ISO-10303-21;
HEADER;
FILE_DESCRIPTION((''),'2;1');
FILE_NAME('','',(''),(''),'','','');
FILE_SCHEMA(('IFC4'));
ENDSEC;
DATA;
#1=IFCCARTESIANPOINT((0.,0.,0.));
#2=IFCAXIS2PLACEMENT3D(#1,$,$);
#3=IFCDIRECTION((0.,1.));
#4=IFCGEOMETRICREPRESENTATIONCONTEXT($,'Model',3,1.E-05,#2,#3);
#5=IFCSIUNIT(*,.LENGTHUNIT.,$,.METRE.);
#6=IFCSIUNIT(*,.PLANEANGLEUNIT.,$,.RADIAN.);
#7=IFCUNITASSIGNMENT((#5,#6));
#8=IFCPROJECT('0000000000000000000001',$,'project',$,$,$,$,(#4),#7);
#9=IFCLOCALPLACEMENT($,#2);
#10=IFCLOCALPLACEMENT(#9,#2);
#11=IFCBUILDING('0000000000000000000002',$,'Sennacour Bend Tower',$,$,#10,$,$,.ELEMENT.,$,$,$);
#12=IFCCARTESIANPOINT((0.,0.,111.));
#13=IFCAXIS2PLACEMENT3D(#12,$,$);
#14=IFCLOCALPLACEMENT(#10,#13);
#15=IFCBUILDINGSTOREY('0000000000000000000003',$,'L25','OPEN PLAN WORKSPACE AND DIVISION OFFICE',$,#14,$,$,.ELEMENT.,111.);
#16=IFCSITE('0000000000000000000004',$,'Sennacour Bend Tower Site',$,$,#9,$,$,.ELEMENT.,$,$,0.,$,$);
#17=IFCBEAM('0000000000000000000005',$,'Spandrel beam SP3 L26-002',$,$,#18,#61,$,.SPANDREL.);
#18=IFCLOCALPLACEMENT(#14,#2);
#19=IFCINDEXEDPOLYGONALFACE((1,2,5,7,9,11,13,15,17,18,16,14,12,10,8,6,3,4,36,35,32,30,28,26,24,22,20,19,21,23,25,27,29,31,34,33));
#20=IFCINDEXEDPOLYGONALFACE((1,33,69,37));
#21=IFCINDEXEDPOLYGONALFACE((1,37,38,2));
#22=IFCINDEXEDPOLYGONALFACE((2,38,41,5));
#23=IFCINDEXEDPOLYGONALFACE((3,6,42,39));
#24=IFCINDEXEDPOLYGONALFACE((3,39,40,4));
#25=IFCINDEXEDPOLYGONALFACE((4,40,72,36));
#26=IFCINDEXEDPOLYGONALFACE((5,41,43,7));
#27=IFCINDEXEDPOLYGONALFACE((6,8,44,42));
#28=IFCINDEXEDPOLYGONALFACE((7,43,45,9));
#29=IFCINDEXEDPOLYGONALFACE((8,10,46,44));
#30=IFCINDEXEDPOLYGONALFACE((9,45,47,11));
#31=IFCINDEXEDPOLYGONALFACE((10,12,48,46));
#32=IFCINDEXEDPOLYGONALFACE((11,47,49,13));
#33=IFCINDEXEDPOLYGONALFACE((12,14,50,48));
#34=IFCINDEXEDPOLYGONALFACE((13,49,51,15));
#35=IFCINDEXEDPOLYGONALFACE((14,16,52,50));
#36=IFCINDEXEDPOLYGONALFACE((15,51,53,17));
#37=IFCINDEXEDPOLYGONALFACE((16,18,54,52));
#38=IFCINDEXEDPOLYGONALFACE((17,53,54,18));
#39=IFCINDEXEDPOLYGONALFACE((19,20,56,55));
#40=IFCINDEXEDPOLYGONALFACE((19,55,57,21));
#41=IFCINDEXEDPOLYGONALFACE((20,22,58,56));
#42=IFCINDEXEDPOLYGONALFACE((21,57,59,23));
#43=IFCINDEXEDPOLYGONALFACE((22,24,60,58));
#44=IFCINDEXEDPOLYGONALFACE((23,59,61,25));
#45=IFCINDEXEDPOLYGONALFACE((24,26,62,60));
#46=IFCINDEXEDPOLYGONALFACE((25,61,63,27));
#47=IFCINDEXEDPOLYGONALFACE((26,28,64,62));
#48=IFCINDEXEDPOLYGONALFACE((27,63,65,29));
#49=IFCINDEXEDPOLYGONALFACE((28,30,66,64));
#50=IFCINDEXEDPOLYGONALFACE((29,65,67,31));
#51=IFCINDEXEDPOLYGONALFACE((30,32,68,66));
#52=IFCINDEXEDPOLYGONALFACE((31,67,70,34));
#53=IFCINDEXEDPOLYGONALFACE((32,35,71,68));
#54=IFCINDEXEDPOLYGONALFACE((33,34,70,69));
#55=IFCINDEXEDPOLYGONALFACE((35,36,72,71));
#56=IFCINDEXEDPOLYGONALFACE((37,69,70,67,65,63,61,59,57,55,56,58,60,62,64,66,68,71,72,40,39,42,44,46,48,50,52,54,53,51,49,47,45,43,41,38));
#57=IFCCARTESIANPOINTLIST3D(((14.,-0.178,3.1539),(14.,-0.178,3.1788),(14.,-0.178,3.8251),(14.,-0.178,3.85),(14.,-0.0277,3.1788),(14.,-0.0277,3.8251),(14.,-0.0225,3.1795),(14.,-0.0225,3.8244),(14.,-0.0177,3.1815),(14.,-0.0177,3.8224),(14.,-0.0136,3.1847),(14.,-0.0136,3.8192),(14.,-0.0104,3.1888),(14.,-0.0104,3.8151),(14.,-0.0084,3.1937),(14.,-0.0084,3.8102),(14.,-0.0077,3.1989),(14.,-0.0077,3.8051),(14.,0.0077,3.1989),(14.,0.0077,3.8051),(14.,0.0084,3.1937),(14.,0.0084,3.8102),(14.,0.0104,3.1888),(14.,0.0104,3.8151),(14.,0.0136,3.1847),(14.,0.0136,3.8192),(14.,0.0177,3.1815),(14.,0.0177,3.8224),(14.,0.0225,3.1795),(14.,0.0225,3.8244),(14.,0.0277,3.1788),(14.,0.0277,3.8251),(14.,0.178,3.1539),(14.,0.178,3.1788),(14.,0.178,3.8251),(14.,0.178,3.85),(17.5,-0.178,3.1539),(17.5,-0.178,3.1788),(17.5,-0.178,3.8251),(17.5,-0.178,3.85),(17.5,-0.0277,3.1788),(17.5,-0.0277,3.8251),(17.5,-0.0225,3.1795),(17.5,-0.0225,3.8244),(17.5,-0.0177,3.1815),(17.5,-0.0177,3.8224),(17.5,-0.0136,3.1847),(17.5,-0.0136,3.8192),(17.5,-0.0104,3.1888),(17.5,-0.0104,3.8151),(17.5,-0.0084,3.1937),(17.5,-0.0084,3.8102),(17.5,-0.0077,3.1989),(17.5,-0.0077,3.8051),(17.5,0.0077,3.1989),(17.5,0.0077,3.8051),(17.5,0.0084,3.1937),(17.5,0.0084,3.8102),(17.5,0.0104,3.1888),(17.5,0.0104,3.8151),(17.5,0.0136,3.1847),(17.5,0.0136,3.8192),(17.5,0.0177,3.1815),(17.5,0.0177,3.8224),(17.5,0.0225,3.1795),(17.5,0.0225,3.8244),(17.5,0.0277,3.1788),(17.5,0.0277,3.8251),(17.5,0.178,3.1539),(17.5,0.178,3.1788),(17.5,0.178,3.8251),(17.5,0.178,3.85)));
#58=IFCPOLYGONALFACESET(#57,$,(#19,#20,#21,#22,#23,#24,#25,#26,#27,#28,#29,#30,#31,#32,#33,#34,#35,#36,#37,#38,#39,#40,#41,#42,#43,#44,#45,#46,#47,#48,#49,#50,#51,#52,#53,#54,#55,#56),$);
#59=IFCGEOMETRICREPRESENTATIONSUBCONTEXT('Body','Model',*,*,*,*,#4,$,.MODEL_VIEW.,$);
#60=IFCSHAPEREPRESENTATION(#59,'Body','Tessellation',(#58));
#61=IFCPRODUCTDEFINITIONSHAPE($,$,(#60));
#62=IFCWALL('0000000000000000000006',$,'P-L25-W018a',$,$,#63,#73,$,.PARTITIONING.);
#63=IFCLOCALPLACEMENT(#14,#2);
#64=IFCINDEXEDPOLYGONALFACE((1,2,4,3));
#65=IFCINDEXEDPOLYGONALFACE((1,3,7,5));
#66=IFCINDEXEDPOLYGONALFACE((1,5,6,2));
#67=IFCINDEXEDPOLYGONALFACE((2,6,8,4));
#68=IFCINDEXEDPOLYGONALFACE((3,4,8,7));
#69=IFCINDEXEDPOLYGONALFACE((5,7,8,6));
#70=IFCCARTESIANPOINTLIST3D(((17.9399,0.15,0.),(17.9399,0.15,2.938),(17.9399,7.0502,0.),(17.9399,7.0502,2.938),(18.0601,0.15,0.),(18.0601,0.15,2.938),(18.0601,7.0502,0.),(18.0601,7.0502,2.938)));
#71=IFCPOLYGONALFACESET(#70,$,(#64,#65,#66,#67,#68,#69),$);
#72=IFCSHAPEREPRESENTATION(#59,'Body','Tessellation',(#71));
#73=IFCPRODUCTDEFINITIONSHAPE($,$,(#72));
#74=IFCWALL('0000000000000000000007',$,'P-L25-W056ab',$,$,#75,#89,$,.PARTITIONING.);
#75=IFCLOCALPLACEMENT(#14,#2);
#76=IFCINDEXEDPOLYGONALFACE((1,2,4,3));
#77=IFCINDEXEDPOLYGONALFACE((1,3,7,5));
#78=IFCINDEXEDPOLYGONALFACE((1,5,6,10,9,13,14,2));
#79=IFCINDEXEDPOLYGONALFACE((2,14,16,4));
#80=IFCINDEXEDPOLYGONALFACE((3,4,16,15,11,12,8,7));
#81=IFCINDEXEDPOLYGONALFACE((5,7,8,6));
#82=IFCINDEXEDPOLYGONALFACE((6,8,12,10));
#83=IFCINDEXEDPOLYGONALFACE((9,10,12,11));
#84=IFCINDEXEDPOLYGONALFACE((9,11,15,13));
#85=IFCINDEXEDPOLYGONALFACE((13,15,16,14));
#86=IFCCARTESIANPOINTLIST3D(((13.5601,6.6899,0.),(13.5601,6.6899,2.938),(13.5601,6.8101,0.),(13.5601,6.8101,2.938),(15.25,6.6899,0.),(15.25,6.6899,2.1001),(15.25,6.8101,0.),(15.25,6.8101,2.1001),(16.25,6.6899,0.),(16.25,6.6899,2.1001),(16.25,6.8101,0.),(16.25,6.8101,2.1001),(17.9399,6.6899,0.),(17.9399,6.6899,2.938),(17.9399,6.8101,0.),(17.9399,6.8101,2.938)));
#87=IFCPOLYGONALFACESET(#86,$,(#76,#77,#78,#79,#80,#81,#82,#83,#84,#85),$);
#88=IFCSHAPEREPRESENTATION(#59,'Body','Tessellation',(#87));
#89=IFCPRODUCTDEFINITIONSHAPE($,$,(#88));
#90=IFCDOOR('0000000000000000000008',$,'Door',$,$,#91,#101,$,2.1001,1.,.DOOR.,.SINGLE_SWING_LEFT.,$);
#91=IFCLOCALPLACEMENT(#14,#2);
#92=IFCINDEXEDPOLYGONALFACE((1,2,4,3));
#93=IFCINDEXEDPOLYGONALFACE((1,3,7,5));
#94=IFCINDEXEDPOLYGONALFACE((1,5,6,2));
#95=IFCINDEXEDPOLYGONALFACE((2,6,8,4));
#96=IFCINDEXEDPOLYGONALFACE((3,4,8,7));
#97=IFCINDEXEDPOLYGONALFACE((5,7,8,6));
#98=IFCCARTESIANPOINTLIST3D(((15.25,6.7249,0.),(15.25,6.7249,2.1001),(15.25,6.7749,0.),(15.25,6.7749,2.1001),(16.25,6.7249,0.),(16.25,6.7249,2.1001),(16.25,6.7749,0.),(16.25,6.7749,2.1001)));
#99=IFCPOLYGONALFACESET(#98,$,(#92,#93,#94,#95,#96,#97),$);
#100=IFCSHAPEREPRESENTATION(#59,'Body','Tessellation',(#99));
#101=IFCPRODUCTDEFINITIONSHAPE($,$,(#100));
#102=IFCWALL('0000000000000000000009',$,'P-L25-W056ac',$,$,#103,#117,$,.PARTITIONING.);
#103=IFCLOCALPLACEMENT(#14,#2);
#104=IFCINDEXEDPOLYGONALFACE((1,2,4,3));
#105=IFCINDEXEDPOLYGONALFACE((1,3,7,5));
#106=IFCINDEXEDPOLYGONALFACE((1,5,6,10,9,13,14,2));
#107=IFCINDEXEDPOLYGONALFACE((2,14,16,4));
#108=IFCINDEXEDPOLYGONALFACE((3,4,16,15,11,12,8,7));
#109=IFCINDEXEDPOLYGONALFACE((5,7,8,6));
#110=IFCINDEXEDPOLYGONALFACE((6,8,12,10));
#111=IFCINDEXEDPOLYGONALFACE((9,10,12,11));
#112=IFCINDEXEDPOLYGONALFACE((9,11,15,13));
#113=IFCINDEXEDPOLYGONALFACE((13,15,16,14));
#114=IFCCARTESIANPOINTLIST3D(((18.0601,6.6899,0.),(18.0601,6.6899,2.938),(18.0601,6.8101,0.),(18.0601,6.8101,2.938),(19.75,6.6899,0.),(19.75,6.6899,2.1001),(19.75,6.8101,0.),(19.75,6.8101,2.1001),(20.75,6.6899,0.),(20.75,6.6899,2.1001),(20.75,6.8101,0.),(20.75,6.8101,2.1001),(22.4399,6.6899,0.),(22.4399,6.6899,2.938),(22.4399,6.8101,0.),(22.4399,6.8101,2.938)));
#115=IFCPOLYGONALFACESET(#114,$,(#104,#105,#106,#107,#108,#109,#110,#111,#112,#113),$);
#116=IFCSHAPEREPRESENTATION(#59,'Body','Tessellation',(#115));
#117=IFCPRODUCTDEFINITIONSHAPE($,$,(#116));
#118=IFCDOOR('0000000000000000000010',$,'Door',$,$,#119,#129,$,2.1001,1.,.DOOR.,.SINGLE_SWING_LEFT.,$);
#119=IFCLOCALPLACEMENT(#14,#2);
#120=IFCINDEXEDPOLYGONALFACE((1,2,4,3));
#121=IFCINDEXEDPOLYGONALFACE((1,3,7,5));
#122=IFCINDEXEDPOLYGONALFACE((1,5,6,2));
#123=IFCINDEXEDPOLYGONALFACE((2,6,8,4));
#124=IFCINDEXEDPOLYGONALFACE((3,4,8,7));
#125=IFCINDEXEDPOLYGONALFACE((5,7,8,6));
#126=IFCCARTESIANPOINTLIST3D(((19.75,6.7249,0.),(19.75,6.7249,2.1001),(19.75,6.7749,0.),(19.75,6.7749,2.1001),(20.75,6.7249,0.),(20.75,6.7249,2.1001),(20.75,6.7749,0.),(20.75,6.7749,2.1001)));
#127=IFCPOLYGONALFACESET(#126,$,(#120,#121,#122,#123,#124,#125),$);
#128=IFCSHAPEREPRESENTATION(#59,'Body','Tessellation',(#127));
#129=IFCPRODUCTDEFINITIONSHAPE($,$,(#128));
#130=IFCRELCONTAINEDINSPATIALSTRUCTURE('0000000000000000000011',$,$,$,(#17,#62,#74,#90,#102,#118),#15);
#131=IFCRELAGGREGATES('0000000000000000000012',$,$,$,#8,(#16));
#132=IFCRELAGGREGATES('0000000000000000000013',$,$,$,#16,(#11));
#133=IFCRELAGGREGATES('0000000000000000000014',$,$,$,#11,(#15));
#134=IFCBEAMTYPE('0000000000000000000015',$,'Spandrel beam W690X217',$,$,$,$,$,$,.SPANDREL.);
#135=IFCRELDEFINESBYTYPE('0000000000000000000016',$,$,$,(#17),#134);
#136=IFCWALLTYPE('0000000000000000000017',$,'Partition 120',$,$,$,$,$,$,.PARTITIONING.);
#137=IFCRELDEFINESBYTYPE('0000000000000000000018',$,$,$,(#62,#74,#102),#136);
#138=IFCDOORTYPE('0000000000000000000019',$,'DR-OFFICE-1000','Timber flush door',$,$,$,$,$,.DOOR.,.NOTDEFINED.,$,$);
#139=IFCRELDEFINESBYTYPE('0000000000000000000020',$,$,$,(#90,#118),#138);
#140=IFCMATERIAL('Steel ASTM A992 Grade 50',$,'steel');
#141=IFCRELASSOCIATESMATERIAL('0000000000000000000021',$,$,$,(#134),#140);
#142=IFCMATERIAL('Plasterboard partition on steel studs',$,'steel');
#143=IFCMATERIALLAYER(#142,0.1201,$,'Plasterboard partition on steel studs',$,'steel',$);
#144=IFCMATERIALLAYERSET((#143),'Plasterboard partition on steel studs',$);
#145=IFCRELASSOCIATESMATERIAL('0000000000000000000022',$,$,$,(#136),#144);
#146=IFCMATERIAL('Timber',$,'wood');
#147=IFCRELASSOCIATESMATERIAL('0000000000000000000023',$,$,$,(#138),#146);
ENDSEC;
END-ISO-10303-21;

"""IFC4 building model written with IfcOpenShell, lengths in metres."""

from ifc_helpers import new_model, si_unit, direction, frame, frame_2d, origin, origin_2d, place, context, subcontext, project, spatial, rectangle, i_section, extrude, material, layer, layer_set, material_profile, profile_set, type_object, element, fill, save


model = new_model("IFC4")

# Units and contexts
model_context = context("Model", 3, precision=1e-05, world=origin(), true_north=direction((0.0, 1.0)))
body_context = subcontext(model_context, "Body", "Model", "MODEL_VIEW")
ifc_project = project(units=[si_unit("LENGTHUNIT", "METRE"), si_unit("PLANEANGLEUNIT", "RADIAN")], contexts=[model_context])

# Site, building, storey
site_placement = place(None, origin())
site = spatial("IfcSite", under=ifc_project, at=site_placement, Name="Sennacour Bend Tower Site", CompositionType="ELEMENT", RefElevation=0.0)
building_placement = place(site_placement, origin())
building = spatial("IfcBuilding", under=site, at=building_placement, Name="Sennacour Bend Tower", CompositionType="ELEMENT")
storey_placement = place(building_placement, frame((0.0, 0.0, 111.0)))
storey = spatial("IfcBuildingStorey", under=building, at=storey_placement, Name="L25", Description="OPEN PLAN WORKSPACE AND DIVISION OFFICE", CompositionType="ELEMENT", Elevation=111.0)

# Beam
ifc_material_1 = material(Name="Steel ASTM A992 Grade 50", Category="steel")
ifc_material_profile_1 = material_profile(ifc_material_1, i_section(OverallWidth=0.356, OverallDepth=0.696, WebThickness=0.0154, FlangeThickness=0.0249, FilletRadius=0.02, at=origin_2d()), Name="Steel ASTM A992 Grade 50", Category="steel")
ifc_profile_set_1 = profile_set([ifc_material_profile_1], Name="Steel ASTM A992 Grade 50")
beam_type_1 = type_object("IfcBeamType", Name="Spandrel beam W690X217", PredefinedType="SPANDREL", material=ifc_profile_set_1)
beam_1_placement = place(storey_placement, frame((17.5, 0.0, 3.502), z_axis=(-1.0, 0.0, 0.0), x_axis=(0.0, -1.0, 0.0)))
element("IfcBeam", 1, at=beam_1_placement, inside=storey, type_object=beam_type_1, Name="Spandrel beam SP3 L26-002", PredefinedType="SPANDREL", context=body_context, shape_type="SweptSolid", body=[
    extrude(i_section(OverallWidth=0.356, OverallDepth=0.696, WebThickness=0.0154, FlangeThickness=0.0249, FilletRadius=0.02, at=origin_2d()), origin(), (0.0, 0.0, 1.0), 3.5),
])

# Wall
ifc_material_2 = material(Name="Plasterboard partition on steel studs", Category="steel")
ifc_layer_1 = layer(ifc_material_2, 0.1201, Name="Plasterboard partition on steel studs", Category="steel")
ifc_layer_set_1 = layer_set([ifc_layer_1], Name="Plasterboard partition on steel studs")
wall_type_1 = type_object("IfcWallType", Name="Partition 120", PredefinedType="PARTITIONING", material=ifc_layer_set_1)
wall_1_placement = place(storey_placement, frame((18.0, 0.1499, 0.0), z_axis=(0.0, 0.0, 1.0), x_axis=(0.0, 1.0, 0.0)))
element("IfcWall", 2, at=wall_1_placement, inside=storey, type_object=wall_type_1, Name="P-L25-W018a", PredefinedType="PARTITIONING", context=body_context, shape_type="SweptSolid", body=[
    extrude(rectangle(XDim=6.9001, YDim=0.1201, at=frame_2d((3.4502, 0.0))), origin(), (0.0, 0.0, 1.0), 2.938),
])

# Walls, openings, doors
wall_2_placement = place(storey_placement, frame((13.5601, 6.75, 0.0), z_axis=(0.0, 0.0, 1.0), x_axis=(1.0, 0.0, 0.0)))
wall_2 = element("IfcWall", 3, at=wall_2_placement, inside=storey, type_object=wall_type_1, Name="P-L25-W056ab", PredefinedType="PARTITIONING", context=body_context, shape_type="SweptSolid", body=[
    extrude(rectangle(XDim=4.3799, YDim=0.1201, at=frame_2d((2.1899, 0.0))), origin(), (0.0, 0.0, 1.0), 2.938),
])
opening_1_placement = place(wall_2_placement, frame((1.6899, 0.0, 0.0)))
opening_1 = element("IfcOpeningElement", 4, at=opening_1_placement, cuts=wall_2, PredefinedType="OPENING", context=body_context, shape_type="SweptSolid", body=[
    extrude(rectangle(XDim=1.0, YDim=2.1001, at=frame_2d((0.5, 1.05))), frame((0.0, 0.0701, 0.0), z_axis=(0.0, -1.0, 0.0), x_axis=(1.0, 0.0, 0.0)), (0.0, 0.0, 1.0), 0.1401),
])
ifc_material_3 = material(Name="Timber", Category="wood")
door_type = type_object("IfcDoorType", Name="DR-OFFICE-1000", Description="Timber flush door", OperationType="NOTDEFINED", PredefinedType="DOOR", material=ifc_material_3)
door_1_placement = place(opening_1_placement, origin())
door_1 = element("IfcDoor", 5, at=door_1_placement, inside=storey, type_object=door_type, Name="Door", OperationType="SINGLE_SWING_LEFT", OverallHeight=2.1001, OverallWidth=1.0, PredefinedType="DOOR", context=body_context, shape_type="SweptSolid", body=[
    extrude(rectangle(XDim=1.0, YDim=2.1001, at=frame_2d((0.5, 1.05))), frame((0.0, 0.0249, 0.0), z_axis=(0.0, -1.0, 0.0), x_axis=(1.0, 0.0, 0.0)), (0.0, 0.0, 1.0), 0.05),
])
fill(opening_1, door_1)
wall_3_placement = place(storey_placement, frame((18.0601, 6.75, 0.0), z_axis=(0.0, 0.0, 1.0), x_axis=(1.0, 0.0, 0.0)))
wall_3 = element("IfcWall", 6, at=wall_3_placement, inside=storey, type_object=wall_type_1, Name="P-L25-W056ac", PredefinedType="PARTITIONING", context=body_context, shape_type="SweptSolid", body=[
    extrude(rectangle(XDim=4.3799, YDim=0.1201, at=frame_2d((2.1899, 0.0))), origin(), (0.0, 0.0, 1.0), 2.938),
])
opening_2_placement = place(wall_3_placement, frame((1.6899, 0.0, 0.0)))
opening_2 = element("IfcOpeningElement", 7, at=opening_2_placement, cuts=wall_3, PredefinedType="OPENING", context=body_context, shape_type="SweptSolid", body=[
    extrude(rectangle(XDim=1.0, YDim=2.1001, at=frame_2d((0.5, 1.05))), frame((0.0, 0.0701, 0.0), z_axis=(0.0, -1.0, 0.0), x_axis=(1.0, 0.0, 0.0)), (0.0, 0.0, 1.0), 0.1401),
])
door_2_placement = place(opening_2_placement, origin())
door_2 = element("IfcDoor", 8, at=door_2_placement, inside=storey, type_object=door_type, Name="Door", OperationType="SINGLE_SWING_LEFT", OverallHeight=2.1001, OverallWidth=1.0, PredefinedType="DOOR", context=body_context, shape_type="SweptSolid", body=[
    extrude(rectangle(XDim=1.0, YDim=2.1001, at=frame_2d((0.5, 1.05))), frame((0.0, 0.0249, 0.0), z_axis=(0.0, -1.0, 0.0), x_axis=(1.0, 0.0, 0.0)), (0.0, 0.0, 1.0), 0.05),
])
fill(opening_2, door_2)

save(model, "model.ifc")
